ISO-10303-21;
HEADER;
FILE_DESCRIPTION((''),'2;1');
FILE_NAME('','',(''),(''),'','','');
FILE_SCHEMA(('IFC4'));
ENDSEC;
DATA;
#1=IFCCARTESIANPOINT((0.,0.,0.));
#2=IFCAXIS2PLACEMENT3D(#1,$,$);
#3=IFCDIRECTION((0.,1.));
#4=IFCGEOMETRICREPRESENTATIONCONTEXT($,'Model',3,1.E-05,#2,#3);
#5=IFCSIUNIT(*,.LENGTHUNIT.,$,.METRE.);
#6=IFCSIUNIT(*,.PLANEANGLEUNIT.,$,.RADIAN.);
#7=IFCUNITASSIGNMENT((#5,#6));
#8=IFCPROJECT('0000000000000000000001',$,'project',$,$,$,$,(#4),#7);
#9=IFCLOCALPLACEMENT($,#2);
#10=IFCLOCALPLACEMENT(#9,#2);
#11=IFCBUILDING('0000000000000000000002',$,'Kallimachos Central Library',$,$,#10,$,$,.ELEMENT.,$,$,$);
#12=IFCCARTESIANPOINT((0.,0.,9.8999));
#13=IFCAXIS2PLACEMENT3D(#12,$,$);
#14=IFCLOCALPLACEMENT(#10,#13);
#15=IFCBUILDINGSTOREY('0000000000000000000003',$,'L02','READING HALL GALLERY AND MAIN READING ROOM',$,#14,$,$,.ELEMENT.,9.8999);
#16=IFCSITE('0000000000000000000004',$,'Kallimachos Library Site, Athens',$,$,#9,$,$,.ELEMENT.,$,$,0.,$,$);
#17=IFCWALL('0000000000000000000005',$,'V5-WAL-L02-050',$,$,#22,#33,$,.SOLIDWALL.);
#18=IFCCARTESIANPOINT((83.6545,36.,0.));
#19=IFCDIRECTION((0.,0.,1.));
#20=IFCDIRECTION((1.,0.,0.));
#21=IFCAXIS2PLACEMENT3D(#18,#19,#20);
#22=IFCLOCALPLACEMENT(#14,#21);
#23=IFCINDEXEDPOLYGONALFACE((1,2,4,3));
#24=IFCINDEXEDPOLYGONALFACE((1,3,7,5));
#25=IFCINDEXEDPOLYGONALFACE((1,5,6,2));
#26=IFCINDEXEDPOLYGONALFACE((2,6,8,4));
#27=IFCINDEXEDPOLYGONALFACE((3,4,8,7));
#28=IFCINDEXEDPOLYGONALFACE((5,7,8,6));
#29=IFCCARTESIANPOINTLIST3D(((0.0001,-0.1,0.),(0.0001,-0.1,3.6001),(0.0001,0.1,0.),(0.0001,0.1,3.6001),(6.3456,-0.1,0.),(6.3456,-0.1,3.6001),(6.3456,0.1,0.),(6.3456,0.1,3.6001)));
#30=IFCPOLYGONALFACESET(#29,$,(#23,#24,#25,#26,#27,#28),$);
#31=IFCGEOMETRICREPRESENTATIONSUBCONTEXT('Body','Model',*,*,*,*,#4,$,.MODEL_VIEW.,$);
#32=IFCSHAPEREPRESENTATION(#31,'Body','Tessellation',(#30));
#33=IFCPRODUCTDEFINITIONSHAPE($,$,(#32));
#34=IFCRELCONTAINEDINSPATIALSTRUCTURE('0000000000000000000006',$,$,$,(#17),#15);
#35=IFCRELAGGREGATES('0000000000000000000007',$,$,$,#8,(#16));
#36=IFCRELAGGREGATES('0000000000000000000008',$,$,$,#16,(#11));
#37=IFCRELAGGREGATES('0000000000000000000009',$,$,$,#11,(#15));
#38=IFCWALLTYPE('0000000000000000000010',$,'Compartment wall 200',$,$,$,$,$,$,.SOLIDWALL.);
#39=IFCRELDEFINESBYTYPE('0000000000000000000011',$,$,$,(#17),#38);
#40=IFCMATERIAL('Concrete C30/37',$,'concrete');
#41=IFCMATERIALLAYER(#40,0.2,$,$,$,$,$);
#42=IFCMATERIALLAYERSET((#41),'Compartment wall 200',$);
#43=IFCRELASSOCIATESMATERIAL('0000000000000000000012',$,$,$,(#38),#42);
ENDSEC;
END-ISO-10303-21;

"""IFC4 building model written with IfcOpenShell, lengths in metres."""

from ifc_helpers import new_model, si_unit, direction, frame, frame_2d, origin, place, context, subcontext, project, spatial, rectangle, extrude, material, layer, layer_set, type_object, element, save


model = new_model("IFC4")

# Units and contexts
model_context = context("Model", 3, precision=1e-05, world=origin(), true_north=direction((0.0, 1.0)))
body_context = subcontext(model_context, "Body", "Model", "MODEL_VIEW")
ifc_project = project(units=[si_unit("LENGTHUNIT", "METRE"), si_unit("PLANEANGLEUNIT", "RADIAN")], contexts=[model_context])

# Site, building, storey
site_placement = place(None, origin())
site = spatial("IfcSite", under=ifc_project, at=site_placement, Name="Kallimachos Library Site, Athens", CompositionType="ELEMENT", RefElevation=0.0)
building_placement = place(site_placement, origin())
building = spatial("IfcBuilding", under=site, at=building_placement, Name="Kallimachos Central Library", CompositionType="ELEMENT")
storey_placement = place(building_placement, frame((0.0, 0.0, 9.8999)))
storey = spatial("IfcBuildingStorey", under=building, at=storey_placement, Name="L02", Description="READING HALL GALLERY AND MAIN READING ROOM", CompositionType="ELEMENT", Elevation=9.8999)

# Wall
ifc_material_1 = material(Name="Concrete C30/37", Category="concrete")
ifc_layer_1 = layer(ifc_material_1, 0.2)
ifc_layer_set_1 = layer_set([ifc_layer_1], Name="Compartment wall 200")
wall_type_1 = type_object("IfcWallType", Name="Compartment wall 200", PredefinedType="SOLIDWALL", material=ifc_layer_set_1)
wall_1_placement = place(storey_placement, frame((83.6545, 36.0, 0.0), z_axis=(0.0, 0.0, 1.0), x_axis=(1.0, 0.0, 0.0)))
element("IfcWall", 1, at=wall_1_placement, inside=storey, type_object=wall_type_1, Name="V5-WAL-L02-050", PredefinedType="SOLIDWALL", context=body_context, shape_type="SweptSolid", body=[
    extrude(rectangle(XDim=6.3455, YDim=0.2, at=frame_2d((3.1729, 0.0))), origin(), (0.0, 0.0, 1.0), 3.6001),
])

save(model, "model.ifc")
